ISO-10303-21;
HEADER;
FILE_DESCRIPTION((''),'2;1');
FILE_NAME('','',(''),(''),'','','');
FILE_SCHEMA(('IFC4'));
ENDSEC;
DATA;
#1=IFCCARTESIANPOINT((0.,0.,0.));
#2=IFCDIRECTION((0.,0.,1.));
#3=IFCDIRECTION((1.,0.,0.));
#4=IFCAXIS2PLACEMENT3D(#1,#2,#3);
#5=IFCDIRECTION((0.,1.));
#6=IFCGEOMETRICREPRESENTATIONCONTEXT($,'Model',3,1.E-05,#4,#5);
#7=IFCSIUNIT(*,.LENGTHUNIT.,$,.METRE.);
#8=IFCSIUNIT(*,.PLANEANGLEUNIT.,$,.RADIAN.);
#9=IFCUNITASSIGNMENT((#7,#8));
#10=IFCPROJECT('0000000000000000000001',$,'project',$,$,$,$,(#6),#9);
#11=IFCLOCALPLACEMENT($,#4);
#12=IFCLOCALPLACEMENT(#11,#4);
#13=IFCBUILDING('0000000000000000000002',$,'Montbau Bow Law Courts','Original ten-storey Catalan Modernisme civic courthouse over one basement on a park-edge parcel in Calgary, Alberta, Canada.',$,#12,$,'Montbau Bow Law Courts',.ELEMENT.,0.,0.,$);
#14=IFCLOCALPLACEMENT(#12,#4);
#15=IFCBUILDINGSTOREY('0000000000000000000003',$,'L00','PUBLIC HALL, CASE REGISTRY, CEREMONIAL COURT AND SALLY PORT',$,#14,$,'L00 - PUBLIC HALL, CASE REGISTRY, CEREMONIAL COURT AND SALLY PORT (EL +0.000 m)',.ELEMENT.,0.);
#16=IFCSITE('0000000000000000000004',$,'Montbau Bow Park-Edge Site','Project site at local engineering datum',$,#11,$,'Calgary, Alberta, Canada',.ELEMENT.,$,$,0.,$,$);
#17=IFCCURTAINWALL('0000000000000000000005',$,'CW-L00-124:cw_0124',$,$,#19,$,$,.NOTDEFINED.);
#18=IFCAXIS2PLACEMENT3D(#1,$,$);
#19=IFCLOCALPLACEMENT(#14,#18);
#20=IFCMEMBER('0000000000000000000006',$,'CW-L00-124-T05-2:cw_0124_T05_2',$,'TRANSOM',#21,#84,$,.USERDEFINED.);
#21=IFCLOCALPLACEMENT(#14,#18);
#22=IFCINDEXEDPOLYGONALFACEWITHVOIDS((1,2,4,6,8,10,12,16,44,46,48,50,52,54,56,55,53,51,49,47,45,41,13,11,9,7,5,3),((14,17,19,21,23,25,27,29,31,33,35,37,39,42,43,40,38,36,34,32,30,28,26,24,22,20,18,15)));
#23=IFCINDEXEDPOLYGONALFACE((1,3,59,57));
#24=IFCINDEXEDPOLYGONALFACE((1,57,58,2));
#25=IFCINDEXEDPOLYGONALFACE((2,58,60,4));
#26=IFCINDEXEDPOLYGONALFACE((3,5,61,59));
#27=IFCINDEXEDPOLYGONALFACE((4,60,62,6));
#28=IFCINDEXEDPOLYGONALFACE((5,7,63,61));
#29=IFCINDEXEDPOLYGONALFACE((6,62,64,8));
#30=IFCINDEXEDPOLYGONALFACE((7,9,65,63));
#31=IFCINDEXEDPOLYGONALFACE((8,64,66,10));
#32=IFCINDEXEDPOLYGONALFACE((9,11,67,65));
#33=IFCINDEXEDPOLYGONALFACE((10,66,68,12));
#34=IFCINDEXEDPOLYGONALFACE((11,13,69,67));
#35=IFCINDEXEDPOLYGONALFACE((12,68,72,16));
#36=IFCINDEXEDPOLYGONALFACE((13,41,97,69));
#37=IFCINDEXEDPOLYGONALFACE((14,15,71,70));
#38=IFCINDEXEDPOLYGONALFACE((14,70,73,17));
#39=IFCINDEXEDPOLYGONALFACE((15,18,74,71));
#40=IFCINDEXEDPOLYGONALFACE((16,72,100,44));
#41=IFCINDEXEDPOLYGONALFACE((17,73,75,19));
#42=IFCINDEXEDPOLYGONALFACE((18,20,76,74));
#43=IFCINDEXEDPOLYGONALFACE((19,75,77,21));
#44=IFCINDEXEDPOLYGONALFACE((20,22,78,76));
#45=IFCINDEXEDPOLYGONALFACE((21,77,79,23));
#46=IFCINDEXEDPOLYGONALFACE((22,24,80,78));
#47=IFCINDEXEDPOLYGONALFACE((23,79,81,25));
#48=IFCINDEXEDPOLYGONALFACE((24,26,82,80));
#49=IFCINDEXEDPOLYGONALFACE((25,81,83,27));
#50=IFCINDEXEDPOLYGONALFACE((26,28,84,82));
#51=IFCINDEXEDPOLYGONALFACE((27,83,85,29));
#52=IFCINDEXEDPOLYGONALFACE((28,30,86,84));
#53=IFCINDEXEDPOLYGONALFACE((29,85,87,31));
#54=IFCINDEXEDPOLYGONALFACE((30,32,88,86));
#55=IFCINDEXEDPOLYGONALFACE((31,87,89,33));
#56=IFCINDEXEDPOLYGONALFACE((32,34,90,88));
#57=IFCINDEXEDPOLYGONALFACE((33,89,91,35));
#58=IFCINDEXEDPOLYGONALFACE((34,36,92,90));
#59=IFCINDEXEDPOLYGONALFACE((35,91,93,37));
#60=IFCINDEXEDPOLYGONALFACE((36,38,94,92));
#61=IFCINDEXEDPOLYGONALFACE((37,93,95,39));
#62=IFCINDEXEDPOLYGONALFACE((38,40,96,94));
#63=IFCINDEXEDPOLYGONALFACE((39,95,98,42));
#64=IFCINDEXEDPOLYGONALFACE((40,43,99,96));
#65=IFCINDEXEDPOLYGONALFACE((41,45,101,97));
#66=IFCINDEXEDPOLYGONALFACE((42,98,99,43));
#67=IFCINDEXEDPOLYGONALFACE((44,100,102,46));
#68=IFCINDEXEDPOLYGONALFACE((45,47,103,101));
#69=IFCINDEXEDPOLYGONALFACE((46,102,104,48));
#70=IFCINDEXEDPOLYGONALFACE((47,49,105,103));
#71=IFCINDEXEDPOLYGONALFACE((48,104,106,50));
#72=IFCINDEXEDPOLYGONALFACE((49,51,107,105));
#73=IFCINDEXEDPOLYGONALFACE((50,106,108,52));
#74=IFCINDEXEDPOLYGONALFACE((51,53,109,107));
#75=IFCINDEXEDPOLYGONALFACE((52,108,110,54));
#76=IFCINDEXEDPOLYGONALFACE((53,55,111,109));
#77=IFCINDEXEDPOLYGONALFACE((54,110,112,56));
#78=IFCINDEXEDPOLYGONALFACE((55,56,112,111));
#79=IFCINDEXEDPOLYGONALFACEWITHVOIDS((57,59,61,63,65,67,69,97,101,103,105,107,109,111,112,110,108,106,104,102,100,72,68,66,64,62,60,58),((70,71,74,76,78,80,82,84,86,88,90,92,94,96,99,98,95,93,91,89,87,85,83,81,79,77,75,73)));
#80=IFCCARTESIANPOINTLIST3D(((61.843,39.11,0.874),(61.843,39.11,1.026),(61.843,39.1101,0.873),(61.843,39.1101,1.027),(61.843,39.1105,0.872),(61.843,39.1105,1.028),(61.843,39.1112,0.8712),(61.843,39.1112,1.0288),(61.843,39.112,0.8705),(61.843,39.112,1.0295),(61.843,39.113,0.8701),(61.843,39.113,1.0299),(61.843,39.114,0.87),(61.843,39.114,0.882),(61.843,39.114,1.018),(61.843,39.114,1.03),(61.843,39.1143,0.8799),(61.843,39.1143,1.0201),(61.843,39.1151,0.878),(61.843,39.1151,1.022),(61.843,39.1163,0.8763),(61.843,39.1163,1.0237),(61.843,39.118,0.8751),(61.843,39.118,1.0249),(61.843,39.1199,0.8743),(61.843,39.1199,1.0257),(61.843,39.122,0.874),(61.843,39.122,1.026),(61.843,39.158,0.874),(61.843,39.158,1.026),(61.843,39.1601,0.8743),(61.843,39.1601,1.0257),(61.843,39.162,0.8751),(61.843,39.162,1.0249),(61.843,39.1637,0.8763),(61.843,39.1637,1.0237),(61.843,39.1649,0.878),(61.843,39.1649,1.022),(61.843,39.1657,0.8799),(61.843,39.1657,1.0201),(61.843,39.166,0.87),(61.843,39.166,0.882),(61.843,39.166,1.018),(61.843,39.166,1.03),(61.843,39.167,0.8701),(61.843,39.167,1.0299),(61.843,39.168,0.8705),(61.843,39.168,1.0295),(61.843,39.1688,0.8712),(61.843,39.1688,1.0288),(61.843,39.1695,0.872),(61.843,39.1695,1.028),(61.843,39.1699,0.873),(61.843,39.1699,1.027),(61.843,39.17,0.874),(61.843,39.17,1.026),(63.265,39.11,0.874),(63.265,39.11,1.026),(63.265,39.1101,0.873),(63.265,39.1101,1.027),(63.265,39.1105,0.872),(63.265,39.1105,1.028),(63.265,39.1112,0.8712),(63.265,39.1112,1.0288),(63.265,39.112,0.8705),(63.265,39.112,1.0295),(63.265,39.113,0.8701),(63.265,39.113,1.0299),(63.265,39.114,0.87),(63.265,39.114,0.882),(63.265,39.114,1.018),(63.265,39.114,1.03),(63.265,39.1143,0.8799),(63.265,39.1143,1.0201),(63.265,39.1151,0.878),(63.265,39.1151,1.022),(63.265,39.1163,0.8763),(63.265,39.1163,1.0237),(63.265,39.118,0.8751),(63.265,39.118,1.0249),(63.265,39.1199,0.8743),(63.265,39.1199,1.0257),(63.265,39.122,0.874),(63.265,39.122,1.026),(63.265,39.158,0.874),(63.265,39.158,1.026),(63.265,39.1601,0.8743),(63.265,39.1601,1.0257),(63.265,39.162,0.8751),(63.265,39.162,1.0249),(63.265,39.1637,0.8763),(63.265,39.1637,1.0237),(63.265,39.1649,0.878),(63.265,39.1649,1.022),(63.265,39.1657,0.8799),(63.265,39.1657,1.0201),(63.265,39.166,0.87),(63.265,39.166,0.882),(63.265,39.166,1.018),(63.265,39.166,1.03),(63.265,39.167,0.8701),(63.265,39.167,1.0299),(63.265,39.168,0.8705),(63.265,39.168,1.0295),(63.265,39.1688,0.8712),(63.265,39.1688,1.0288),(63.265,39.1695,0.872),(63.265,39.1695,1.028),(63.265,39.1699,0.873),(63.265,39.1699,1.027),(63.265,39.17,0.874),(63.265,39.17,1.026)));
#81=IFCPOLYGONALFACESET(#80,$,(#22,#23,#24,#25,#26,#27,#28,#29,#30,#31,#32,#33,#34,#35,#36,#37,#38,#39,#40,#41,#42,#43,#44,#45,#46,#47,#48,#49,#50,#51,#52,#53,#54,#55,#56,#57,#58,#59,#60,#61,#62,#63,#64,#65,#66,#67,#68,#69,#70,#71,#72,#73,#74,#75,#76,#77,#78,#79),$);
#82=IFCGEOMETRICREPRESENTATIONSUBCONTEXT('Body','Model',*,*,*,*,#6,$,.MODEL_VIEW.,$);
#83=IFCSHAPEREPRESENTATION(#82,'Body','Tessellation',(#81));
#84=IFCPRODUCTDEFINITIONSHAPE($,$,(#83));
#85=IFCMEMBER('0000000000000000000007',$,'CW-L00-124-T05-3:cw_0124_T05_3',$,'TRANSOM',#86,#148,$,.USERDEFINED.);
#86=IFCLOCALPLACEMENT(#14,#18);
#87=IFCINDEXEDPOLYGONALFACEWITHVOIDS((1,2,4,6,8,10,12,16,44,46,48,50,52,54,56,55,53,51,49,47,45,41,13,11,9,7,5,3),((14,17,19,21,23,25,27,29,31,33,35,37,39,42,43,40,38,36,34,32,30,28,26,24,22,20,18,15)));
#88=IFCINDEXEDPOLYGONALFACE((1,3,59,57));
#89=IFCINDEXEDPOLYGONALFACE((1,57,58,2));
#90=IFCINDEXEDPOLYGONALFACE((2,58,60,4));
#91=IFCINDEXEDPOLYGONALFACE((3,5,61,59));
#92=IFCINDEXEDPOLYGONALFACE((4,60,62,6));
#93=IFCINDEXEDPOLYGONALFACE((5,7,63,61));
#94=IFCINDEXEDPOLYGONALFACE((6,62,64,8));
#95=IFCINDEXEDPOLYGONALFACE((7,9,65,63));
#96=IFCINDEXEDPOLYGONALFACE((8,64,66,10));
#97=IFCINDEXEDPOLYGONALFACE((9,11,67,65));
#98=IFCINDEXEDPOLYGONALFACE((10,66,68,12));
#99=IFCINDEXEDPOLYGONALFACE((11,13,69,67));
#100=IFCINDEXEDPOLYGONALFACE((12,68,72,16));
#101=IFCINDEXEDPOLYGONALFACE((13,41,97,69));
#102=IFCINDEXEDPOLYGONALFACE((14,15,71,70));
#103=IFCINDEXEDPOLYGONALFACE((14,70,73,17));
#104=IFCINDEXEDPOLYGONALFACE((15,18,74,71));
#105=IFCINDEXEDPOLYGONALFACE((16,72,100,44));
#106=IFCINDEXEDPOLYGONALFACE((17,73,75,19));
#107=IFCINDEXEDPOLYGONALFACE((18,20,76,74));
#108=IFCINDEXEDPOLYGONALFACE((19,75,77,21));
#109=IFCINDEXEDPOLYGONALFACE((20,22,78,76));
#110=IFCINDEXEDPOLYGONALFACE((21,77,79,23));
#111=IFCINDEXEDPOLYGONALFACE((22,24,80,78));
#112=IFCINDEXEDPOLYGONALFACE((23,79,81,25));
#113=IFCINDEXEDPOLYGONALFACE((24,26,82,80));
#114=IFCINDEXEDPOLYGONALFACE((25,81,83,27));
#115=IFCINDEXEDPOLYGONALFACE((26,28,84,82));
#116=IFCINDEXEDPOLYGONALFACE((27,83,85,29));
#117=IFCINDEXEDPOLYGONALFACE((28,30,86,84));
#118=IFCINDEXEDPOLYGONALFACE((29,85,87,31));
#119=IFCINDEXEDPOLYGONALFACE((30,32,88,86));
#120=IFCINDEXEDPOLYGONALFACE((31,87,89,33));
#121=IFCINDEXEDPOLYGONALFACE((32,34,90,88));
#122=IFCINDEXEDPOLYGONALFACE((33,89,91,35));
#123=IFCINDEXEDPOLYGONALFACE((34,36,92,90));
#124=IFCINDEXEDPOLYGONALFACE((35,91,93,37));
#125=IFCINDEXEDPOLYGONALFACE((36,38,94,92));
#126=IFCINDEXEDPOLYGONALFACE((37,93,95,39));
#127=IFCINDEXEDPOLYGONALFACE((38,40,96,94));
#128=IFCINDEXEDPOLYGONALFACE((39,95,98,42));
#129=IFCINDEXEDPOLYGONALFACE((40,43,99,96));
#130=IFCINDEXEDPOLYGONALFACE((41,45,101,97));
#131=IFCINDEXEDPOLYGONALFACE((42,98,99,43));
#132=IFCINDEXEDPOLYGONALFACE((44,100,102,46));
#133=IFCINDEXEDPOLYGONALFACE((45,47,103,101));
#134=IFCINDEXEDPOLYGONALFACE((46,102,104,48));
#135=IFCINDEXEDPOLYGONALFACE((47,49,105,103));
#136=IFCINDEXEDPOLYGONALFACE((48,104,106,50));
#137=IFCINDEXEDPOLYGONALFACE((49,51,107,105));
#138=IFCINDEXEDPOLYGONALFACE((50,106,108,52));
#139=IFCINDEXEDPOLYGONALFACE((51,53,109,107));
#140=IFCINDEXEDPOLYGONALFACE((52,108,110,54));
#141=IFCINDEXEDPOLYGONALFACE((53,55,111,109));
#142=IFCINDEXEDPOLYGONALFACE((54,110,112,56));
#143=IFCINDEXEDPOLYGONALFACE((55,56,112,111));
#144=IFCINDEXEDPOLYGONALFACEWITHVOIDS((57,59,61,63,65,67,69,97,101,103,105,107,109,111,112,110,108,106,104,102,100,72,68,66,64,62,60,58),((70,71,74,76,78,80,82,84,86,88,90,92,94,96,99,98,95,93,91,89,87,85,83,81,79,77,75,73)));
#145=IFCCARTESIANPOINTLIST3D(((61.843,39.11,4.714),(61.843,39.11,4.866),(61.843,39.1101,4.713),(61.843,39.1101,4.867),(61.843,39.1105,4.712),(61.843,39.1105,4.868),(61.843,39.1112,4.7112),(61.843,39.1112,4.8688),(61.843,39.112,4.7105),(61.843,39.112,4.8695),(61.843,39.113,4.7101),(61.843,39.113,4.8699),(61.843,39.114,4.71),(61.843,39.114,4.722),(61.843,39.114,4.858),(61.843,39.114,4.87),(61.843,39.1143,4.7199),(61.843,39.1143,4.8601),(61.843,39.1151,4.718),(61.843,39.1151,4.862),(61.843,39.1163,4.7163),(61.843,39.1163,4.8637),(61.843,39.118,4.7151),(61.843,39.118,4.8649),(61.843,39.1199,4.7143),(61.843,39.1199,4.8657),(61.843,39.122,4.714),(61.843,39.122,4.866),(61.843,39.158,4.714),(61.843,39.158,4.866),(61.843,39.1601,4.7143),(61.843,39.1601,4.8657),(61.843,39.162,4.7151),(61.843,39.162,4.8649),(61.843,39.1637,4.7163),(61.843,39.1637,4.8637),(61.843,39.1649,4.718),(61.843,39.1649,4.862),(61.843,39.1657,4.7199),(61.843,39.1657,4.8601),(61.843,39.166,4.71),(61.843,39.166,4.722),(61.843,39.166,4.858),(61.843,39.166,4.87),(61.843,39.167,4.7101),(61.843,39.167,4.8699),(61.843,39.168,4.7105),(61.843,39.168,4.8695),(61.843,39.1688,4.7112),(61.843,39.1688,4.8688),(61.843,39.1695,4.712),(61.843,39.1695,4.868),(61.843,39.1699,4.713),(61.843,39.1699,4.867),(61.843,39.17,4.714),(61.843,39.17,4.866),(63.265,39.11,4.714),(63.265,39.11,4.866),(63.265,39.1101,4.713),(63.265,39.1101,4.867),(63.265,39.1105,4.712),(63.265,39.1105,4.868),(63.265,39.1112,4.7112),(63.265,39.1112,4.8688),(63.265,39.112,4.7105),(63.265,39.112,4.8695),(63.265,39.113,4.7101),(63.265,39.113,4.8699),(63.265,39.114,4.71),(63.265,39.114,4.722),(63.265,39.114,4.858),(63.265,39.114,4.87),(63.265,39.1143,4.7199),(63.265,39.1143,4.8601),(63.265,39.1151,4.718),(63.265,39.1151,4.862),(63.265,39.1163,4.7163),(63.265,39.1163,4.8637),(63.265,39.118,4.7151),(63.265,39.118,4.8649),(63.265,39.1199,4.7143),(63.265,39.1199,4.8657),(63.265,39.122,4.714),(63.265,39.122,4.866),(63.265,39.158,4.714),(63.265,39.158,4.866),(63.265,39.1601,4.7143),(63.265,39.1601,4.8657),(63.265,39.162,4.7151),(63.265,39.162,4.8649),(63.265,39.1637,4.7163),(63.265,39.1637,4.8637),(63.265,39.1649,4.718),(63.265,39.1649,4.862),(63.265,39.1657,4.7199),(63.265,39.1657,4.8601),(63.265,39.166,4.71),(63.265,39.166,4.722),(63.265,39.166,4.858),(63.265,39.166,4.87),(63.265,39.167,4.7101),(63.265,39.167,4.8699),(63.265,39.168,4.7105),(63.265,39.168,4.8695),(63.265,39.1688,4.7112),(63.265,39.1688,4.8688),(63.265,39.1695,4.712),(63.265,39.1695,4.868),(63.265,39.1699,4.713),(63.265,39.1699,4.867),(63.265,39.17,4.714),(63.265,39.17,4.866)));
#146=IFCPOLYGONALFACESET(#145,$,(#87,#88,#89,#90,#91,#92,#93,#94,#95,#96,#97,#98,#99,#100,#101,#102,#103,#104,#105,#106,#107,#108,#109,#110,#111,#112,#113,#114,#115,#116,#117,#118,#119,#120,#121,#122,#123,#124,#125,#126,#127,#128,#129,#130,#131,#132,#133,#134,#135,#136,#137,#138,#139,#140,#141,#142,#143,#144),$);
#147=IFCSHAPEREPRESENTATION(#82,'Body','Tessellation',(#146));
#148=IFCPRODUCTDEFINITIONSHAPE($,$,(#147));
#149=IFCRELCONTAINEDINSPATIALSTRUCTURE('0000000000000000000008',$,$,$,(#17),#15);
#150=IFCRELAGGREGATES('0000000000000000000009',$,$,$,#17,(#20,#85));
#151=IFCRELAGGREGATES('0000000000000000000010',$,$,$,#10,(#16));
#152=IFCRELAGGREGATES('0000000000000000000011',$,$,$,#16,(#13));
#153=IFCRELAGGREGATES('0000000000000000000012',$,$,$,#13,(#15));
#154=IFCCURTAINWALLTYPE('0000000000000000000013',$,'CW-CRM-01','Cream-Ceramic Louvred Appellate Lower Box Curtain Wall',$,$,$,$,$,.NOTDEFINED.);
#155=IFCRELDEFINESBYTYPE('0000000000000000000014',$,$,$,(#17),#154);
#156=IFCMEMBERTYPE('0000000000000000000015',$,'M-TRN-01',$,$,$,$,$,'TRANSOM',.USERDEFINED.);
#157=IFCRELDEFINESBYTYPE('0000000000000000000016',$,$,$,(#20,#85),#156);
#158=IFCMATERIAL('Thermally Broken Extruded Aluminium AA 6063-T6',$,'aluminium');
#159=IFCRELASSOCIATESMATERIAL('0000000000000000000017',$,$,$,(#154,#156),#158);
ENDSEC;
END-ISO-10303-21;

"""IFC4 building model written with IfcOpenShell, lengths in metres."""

from ifc_helpers import new_model, si_unit, direction, frame, origin_with_axes, origin_2d_with_axis, place, context, subcontext, project, spatial, hollow_rectangle, extrude, material, material_profile, profile_set, type_object, element, aggregate, save


model = new_model("IFC4")

# Units and contexts
model_context = context("Model", 3, precision=1e-05, world=origin_with_axes(), true_north=direction((0.0, 1.0)))
body_context = subcontext(model_context, "Body", "Model", "MODEL_VIEW")
ifc_project = project(units=[si_unit("LENGTHUNIT", "METRE"), si_unit("PLANEANGLEUNIT", "RADIAN")], contexts=[model_context])

# Site, building, storey
site_placement = place(None, origin_with_axes())
site = spatial("IfcSite", under=ifc_project, at=site_placement, Name="Montbau Bow Park-Edge Site", Description="Project site at local engineering datum", LongName="Calgary, Alberta, Canada", CompositionType="ELEMENT", RefElevation=0.0)
building_placement = place(site_placement, origin_with_axes())
building = spatial("IfcBuilding", under=site, at=building_placement, Name="Montbau Bow Law Courts", Description="Original ten-storey Catalan Modernisme civic courthouse over one basement on a park-edge parcel in Calgary, Alberta, Canada.", LongName="Montbau Bow Law Courts", CompositionType="ELEMENT", ElevationOfRefHeight=0.0, ElevationOfTerrain=0.0)
storey_placement = place(building_placement, origin_with_axes())
storey = spatial("IfcBuildingStorey", under=building, at=storey_placement, Name="L00", Description="PUBLIC HALL, CASE REGISTRY, CEREMONIAL COURT AND SALLY PORT", LongName="L00 - PUBLIC HALL, CASE REGISTRY, CEREMONIAL COURT AND SALLY PORT (EL +0.000 m)", CompositionType="ELEMENT", Elevation=0.0)

# Curtain wall
ifc_material_1 = material(Name="Thermally Broken Extruded Aluminium AA 6063-T6", Category="aluminium")
curtain_wall_type = type_object("IfcCurtainWallType", Name="CW-CRM-01", Description="Cream-Ceramic Louvred Appellate Lower Box Curtain Wall", PredefinedType="NOTDEFINED", material=ifc_material_1)
curtain_wall_1_placement = place(None, frame((55.715, 39.14, 0.0), z_axis=(0.0, 0.0, 1.0), x_axis=(1.0, 0.0, 0.0)))
curtain_wall_1 = element("IfcCurtainWall", 1, at=curtain_wall_1_placement, inside=storey, type_object=curtain_wall_type, Name="CW-L00-124:cw_0124", PredefinedType="NOTDEFINED")

# Members
ifc_material_profile_1 = material_profile(ifc_material_1, hollow_rectangle(XDim=0.06, YDim=0.16, WallThickness=0.004, InnerFilletRadius=0.008, OuterFilletRadius=0.004, at=origin_2d_with_axis()), Name="CWT-160X60", Category="Main", Priority=0)
ifc_profile_set_1 = profile_set([ifc_material_profile_1], Name="Thermally Broken Extruded Aluminium AA 6063-T6")
member_type_1 = type_object("IfcMemberType", Name="M-TRN-01", ElementType="TRANSOM", PredefinedType="USERDEFINED", material=ifc_profile_set_1)
member_1_placement = place(None, frame((61.843, 39.14, 0.95), z_axis=(1.0, 0.0, 0.0), x_axis=(0.0, 1.0, 0.0)))
member_1 = element("IfcMember", 2, at=member_1_placement, type_object=member_type_1, Name="CW-L00-124-T05-2:cw_0124_T05_2", ObjectType="TRANSOM", PredefinedType="USERDEFINED", context=body_context, shape_type="SweptSolid", body=[
    extrude(hollow_rectangle(XDim=0.06, YDim=0.16, WallThickness=0.004, InnerFilletRadius=0.008, OuterFilletRadius=0.004, at=origin_2d_with_axis()), origin_with_axes(), (0.0, 0.0, 1.0), 1.422),
])
member_2_placement = place(None, frame((61.843, 39.14, 4.79), z_axis=(1.0, 0.0, 0.0), x_axis=(0.0, 1.0, 0.0)))
member_2 = element("IfcMember", 3, at=member_2_placement, type_object=member_type_1, Name="CW-L00-124-T05-3:cw_0124_T05_3", ObjectType="TRANSOM", PredefinedType="USERDEFINED", context=body_context, shape_type="SweptSolid", body=[
    extrude(hollow_rectangle(XDim=0.06, YDim=0.16, WallThickness=0.004, InnerFilletRadius=0.008, OuterFilletRadius=0.004, at=origin_2d_with_axis()), origin_with_axes(), (0.0, 0.0, 1.0), 1.422),
])
aggregate(curtain_wall_1, [member_1, member_2])

save(model, "model.ifc")
